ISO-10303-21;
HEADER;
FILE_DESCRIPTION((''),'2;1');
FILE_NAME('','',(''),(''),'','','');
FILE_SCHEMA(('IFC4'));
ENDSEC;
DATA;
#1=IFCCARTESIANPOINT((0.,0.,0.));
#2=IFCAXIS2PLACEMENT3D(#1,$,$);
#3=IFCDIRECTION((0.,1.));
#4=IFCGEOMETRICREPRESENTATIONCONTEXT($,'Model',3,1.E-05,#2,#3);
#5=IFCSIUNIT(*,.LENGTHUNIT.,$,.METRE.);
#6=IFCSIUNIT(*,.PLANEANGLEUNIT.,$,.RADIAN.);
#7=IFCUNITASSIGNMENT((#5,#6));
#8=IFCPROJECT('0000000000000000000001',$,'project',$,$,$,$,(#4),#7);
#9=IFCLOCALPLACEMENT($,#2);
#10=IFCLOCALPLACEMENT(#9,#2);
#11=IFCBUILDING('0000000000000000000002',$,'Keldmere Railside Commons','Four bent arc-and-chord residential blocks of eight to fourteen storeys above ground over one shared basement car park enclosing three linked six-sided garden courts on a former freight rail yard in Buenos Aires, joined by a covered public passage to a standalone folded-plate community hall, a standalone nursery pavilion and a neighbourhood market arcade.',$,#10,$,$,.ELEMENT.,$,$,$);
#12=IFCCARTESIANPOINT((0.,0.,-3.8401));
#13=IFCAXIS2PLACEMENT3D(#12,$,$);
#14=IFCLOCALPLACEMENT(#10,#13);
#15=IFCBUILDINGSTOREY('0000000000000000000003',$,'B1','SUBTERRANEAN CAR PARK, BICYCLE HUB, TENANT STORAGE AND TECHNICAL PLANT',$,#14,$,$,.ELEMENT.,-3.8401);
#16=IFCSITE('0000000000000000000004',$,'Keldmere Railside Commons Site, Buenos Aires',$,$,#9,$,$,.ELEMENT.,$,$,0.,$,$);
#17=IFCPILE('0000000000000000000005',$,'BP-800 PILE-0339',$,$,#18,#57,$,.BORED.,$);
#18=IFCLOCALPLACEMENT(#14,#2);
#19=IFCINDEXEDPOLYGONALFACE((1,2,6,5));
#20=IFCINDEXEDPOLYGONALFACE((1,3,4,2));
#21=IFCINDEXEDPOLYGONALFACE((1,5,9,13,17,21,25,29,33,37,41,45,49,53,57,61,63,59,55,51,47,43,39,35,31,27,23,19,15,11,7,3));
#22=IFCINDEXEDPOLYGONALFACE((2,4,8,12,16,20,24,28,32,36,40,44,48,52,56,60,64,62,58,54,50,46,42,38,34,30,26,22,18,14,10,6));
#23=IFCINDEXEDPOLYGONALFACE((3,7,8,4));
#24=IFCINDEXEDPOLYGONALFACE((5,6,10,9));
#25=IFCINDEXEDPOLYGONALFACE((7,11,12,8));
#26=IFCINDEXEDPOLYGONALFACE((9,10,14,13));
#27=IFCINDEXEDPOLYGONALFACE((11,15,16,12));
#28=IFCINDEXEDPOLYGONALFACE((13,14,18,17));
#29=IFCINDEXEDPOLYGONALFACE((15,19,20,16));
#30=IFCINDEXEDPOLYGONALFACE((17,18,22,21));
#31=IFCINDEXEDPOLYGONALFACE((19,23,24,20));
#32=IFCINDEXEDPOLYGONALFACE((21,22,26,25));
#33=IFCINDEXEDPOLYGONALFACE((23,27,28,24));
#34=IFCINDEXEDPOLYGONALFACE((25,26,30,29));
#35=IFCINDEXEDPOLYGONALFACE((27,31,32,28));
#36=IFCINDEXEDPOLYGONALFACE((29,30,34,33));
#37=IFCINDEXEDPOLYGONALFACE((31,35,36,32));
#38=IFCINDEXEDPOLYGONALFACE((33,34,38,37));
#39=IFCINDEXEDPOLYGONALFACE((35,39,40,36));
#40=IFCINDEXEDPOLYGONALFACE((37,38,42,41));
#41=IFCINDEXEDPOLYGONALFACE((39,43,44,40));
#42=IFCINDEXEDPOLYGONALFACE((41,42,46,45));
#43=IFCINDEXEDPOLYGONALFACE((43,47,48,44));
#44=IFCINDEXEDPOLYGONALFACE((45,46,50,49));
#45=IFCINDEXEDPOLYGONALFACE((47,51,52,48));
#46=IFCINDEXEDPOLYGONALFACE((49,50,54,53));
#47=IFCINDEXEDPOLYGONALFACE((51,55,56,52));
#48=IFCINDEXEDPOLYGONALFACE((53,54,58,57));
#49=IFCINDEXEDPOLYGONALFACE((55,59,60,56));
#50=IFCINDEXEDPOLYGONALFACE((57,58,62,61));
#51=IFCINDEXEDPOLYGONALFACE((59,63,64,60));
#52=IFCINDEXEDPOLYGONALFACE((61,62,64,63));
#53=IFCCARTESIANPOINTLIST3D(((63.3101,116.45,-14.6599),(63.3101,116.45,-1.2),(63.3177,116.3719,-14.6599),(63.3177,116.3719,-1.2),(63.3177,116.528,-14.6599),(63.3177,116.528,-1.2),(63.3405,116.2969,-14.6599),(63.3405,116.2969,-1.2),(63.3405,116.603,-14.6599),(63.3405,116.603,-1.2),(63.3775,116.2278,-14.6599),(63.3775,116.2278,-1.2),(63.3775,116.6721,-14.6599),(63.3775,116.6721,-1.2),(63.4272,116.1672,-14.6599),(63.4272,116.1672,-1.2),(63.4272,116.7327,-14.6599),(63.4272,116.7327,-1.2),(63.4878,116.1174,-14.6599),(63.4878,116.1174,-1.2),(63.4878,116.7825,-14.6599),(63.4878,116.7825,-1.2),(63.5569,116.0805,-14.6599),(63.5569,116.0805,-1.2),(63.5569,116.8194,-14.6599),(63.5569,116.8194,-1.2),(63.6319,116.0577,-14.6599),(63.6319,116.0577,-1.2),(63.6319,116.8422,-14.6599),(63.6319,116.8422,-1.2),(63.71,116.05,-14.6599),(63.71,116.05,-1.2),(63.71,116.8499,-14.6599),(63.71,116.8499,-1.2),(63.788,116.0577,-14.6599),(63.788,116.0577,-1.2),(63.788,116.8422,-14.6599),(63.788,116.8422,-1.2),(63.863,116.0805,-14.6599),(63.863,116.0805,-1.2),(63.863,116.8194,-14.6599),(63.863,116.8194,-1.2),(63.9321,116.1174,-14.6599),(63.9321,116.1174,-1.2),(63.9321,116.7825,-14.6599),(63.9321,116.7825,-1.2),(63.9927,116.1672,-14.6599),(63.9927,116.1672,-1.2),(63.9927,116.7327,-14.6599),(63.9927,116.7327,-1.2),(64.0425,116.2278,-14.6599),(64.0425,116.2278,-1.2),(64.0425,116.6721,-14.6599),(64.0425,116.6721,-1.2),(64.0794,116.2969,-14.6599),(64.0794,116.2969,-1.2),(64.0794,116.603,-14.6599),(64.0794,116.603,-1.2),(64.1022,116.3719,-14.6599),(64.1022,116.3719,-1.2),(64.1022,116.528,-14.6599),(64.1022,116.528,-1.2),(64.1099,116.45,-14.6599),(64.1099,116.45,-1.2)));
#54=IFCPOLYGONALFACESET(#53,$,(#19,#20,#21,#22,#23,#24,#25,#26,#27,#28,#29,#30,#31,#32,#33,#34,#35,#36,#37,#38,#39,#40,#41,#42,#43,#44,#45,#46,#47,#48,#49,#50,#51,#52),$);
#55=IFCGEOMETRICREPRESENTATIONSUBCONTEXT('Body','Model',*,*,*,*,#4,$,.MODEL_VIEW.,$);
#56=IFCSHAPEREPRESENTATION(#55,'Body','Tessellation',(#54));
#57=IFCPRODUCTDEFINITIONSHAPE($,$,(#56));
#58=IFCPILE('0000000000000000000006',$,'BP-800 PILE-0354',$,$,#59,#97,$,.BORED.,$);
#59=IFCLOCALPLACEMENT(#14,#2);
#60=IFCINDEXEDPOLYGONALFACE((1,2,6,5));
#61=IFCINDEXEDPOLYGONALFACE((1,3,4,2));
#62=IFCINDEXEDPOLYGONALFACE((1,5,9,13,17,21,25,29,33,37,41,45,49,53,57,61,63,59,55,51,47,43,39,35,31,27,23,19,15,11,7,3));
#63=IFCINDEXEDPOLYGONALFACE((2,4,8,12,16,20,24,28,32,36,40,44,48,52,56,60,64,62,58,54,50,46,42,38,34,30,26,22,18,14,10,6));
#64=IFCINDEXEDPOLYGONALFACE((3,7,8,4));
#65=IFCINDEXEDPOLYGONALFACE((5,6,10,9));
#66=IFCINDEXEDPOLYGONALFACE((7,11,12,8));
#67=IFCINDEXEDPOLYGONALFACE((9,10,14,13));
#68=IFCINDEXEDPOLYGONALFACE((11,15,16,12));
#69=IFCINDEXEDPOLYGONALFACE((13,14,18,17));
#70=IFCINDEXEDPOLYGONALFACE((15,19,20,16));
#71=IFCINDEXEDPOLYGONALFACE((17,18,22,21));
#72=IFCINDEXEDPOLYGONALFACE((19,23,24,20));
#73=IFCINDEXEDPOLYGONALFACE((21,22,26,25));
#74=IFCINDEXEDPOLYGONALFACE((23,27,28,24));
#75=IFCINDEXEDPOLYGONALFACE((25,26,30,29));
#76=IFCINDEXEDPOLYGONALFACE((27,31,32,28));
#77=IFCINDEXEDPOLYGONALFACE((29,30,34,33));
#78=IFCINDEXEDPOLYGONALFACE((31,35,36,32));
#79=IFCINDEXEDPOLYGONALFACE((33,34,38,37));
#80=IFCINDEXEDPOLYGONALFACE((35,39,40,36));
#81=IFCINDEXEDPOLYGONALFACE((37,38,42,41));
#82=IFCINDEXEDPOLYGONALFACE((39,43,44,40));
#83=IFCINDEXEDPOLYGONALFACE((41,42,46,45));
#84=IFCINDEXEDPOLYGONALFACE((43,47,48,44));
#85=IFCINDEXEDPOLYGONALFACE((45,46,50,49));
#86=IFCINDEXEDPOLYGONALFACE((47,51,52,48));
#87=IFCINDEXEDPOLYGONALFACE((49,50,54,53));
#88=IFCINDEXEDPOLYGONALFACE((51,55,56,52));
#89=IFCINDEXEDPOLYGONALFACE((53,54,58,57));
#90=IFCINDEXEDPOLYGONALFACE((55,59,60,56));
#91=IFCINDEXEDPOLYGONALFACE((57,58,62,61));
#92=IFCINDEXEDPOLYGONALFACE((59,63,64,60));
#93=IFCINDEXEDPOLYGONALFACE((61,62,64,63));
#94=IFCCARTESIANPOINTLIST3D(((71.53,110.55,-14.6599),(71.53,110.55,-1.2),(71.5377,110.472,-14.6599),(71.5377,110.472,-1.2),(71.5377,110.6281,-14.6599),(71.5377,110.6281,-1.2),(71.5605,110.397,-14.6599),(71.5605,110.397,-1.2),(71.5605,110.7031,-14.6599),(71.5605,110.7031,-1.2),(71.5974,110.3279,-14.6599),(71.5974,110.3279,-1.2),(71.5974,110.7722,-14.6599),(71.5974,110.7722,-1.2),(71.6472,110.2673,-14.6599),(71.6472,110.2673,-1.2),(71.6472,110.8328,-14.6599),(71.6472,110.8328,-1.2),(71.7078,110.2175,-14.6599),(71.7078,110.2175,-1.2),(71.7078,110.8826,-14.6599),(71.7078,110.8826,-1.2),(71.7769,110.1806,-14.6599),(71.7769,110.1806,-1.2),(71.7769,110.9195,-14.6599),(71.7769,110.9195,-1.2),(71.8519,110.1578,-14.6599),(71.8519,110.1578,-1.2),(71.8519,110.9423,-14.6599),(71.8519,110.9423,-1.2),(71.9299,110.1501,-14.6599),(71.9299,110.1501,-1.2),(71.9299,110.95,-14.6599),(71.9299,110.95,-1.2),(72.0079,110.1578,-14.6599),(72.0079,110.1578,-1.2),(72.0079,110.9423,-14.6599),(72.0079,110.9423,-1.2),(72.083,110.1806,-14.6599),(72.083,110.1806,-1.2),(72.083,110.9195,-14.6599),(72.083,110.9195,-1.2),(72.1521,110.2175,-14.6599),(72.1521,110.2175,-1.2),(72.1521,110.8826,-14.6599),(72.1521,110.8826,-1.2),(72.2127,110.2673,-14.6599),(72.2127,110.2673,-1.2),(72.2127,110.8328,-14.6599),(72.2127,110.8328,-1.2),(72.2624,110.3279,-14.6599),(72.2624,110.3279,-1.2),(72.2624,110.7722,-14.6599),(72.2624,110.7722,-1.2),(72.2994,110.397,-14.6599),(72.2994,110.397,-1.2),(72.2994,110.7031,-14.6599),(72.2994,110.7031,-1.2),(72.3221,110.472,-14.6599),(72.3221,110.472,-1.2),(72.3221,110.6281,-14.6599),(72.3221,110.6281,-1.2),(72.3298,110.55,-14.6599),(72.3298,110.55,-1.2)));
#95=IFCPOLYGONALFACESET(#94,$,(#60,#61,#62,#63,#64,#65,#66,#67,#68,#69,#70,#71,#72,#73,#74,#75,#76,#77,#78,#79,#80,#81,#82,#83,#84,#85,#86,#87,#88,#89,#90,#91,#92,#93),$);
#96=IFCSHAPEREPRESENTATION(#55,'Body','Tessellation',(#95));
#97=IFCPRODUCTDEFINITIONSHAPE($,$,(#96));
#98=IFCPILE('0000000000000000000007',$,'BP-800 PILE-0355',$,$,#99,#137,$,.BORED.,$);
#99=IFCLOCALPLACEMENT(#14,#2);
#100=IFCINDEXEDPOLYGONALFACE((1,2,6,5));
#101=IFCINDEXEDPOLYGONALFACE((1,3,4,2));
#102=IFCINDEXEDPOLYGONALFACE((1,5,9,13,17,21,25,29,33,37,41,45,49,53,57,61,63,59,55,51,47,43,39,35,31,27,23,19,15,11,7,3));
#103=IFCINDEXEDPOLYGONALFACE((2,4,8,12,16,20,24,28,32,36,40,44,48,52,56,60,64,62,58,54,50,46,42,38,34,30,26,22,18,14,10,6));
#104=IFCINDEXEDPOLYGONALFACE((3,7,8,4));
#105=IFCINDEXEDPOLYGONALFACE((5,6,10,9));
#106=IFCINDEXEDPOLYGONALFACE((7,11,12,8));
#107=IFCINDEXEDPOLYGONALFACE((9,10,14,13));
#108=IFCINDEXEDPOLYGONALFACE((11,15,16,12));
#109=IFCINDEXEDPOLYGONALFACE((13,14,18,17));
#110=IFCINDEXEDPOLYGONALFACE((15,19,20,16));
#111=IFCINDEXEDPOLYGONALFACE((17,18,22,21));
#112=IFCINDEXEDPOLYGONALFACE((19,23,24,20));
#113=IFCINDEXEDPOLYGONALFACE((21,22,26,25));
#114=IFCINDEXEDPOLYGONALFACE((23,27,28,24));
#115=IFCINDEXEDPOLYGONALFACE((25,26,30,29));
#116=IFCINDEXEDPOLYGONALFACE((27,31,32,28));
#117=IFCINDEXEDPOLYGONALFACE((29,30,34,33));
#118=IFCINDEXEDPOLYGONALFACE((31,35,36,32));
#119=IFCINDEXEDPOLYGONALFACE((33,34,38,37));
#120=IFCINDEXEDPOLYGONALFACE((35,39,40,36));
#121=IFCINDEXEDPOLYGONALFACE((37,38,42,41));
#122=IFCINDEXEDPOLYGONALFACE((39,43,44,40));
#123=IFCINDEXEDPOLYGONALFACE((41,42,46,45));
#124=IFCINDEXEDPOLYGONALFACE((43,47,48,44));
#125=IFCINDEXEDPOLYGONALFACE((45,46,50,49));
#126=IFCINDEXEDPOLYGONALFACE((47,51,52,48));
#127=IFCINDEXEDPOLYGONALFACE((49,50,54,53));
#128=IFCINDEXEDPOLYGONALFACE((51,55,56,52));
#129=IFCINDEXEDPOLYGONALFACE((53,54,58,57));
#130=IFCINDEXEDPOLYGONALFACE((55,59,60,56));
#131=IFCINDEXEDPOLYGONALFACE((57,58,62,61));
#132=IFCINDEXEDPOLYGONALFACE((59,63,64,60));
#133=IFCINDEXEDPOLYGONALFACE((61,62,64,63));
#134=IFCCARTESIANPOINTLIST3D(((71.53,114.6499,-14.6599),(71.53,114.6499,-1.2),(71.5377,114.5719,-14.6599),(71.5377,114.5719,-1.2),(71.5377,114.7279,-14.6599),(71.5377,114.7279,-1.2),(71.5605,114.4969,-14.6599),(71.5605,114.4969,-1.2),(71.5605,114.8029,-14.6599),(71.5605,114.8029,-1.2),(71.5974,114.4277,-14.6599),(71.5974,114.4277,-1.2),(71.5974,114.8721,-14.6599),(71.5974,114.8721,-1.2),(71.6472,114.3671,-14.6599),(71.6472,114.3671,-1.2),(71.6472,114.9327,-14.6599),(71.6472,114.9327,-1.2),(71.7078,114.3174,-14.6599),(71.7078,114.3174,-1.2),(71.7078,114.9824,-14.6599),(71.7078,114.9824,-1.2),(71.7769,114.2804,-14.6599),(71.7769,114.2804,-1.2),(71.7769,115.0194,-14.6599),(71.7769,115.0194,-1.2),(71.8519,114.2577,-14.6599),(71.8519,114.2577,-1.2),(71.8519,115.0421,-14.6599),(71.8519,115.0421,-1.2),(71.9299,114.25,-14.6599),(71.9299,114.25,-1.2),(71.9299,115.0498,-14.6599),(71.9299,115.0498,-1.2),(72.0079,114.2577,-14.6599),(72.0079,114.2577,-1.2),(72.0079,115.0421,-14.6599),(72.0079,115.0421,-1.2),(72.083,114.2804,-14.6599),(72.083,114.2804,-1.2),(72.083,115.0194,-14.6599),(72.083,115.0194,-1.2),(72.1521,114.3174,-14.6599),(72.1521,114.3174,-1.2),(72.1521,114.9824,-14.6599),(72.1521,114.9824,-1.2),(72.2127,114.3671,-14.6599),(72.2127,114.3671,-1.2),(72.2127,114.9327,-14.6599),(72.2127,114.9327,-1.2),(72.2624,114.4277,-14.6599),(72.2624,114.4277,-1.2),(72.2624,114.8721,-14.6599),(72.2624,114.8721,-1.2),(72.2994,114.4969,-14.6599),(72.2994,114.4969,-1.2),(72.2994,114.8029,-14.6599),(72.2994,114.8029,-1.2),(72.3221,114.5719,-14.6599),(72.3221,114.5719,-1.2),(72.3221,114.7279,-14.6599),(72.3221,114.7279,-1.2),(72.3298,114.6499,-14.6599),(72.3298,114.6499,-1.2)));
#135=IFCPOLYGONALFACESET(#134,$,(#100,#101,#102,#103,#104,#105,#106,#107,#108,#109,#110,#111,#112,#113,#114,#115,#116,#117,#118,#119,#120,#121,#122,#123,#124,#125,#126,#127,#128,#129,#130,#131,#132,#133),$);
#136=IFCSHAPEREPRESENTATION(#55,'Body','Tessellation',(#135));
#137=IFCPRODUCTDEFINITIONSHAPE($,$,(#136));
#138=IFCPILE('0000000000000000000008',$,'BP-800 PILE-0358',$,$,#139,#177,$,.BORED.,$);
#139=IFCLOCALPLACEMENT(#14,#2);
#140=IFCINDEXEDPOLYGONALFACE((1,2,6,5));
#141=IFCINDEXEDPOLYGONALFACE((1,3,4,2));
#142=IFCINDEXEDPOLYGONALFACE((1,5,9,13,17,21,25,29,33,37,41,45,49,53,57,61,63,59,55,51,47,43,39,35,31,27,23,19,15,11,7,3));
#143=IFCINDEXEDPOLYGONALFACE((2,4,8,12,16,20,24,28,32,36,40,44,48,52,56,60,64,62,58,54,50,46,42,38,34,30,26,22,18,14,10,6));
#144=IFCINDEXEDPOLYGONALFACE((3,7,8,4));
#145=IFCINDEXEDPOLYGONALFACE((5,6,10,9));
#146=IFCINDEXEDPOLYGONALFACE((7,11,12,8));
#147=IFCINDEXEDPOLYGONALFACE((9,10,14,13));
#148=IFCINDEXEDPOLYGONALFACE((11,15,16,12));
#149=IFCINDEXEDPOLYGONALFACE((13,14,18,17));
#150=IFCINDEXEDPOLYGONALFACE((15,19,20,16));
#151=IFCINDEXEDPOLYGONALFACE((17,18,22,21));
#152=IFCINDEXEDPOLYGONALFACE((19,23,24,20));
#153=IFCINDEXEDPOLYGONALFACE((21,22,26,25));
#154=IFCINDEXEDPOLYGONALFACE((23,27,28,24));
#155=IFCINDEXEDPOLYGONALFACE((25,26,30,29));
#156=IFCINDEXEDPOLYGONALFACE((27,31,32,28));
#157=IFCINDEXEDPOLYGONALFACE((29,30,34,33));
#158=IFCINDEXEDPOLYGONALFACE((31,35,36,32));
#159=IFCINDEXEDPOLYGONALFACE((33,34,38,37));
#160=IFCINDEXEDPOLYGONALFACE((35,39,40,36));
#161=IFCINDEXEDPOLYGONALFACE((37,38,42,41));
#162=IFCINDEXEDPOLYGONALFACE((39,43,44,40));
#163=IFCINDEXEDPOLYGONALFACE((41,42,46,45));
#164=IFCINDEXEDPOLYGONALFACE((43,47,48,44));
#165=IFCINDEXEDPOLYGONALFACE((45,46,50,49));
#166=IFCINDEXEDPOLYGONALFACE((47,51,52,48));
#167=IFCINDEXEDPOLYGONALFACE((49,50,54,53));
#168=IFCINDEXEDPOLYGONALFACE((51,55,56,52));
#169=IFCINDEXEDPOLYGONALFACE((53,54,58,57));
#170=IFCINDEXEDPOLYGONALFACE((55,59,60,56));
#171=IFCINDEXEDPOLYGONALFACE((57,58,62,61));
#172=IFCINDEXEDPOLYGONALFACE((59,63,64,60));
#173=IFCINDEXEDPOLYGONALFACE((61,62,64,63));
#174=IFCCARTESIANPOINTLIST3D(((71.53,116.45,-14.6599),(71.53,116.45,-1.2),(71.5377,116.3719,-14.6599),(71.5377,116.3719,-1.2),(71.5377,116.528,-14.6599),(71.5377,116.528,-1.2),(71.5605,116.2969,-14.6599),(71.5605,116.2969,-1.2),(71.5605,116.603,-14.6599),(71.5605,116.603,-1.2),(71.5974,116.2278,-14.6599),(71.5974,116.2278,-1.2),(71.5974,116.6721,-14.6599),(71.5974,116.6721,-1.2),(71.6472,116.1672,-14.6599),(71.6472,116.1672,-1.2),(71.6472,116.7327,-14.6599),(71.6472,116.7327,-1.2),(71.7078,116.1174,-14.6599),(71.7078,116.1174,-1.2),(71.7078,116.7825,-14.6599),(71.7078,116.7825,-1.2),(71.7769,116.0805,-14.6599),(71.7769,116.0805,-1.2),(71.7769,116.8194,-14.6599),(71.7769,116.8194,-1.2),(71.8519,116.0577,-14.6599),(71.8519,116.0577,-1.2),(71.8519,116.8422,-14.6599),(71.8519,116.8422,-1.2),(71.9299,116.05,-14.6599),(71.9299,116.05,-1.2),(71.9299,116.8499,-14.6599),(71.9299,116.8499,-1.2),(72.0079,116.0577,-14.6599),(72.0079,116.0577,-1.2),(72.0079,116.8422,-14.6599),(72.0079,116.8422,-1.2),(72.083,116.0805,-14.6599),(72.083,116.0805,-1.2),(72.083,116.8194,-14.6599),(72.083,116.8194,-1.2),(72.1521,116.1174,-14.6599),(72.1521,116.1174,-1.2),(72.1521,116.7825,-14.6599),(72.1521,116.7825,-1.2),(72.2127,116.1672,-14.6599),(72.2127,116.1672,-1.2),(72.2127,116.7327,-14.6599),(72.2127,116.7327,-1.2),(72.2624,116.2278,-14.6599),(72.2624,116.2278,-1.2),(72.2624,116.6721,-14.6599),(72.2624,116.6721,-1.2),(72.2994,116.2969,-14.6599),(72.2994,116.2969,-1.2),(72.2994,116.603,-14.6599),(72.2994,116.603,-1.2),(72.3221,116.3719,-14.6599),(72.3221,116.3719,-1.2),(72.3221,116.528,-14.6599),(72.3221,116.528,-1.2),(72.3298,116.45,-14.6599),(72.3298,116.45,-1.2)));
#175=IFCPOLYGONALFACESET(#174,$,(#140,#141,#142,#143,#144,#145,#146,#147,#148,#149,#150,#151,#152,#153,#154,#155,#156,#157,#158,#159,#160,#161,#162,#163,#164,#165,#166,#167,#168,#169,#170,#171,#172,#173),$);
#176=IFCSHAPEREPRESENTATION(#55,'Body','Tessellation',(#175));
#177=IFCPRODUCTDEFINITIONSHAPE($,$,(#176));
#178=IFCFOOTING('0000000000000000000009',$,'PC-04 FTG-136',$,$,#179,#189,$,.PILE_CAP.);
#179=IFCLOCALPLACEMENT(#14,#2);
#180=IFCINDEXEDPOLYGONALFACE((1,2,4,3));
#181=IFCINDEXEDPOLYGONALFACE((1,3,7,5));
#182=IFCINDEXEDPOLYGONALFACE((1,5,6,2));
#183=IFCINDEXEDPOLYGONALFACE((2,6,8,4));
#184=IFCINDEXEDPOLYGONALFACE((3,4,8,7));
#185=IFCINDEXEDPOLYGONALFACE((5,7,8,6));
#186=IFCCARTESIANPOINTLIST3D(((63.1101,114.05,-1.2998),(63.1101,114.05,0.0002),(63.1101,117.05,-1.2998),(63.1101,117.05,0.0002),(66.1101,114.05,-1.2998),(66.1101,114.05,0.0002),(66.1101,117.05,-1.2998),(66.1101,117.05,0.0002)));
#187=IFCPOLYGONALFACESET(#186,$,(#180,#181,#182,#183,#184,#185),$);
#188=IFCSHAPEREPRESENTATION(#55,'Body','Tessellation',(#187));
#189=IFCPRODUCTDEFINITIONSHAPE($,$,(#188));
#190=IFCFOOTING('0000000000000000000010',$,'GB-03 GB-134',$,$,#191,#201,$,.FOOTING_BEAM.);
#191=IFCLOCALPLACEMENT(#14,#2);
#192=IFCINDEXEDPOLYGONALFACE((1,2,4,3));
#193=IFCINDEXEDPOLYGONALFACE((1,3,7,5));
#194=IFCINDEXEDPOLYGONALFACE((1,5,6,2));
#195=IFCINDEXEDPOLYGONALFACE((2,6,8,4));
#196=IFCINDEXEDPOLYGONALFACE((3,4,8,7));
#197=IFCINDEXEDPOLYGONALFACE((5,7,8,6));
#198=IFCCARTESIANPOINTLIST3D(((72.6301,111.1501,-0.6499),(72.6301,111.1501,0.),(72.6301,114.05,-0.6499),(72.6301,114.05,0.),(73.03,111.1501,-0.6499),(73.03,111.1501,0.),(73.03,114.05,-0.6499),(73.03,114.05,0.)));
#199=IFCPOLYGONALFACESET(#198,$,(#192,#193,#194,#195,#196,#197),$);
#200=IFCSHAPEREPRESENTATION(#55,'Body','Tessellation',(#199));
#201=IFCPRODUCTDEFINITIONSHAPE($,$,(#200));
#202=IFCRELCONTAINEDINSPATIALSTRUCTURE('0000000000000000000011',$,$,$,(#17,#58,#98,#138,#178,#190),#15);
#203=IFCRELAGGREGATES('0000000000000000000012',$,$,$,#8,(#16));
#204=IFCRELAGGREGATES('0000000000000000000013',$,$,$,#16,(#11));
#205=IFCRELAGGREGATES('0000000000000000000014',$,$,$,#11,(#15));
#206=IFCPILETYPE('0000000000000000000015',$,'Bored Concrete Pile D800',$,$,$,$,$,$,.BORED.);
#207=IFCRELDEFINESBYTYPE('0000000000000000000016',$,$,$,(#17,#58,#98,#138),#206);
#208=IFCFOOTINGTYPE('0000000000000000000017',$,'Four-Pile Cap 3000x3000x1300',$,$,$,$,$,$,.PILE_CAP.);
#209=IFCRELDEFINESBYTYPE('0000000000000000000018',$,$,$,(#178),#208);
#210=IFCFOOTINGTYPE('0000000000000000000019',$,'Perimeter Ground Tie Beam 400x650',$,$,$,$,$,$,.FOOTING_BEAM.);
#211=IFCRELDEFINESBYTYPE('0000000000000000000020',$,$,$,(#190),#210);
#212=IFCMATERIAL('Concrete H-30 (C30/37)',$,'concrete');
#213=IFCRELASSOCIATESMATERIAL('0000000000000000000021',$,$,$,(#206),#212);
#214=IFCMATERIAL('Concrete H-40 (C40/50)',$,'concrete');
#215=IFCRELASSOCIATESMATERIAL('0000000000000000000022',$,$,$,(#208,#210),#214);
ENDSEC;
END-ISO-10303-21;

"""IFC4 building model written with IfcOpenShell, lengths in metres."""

from ifc_helpers import new_model, si_unit, direction, frame, origin, origin_2d, place, context, subcontext, project, spatial, rectangle, circle, extrude, material, material_profile, profile_set, type_object, element, save


model = new_model("IFC4")

# Units and contexts
model_context = context("Model", 3, precision=1e-05, world=origin(), true_north=direction((0.0, 1.0)))
body_context = subcontext(model_context, "Body", "Model", "MODEL_VIEW")
ifc_project = project(units=[si_unit("LENGTHUNIT", "METRE"), si_unit("PLANEANGLEUNIT", "RADIAN")], contexts=[model_context])

# Site, building, storey
site_placement = place(None, origin())
site = spatial("IfcSite", under=ifc_project, at=site_placement, Name="Keldmere Railside Commons Site, Buenos Aires", CompositionType="ELEMENT", RefElevation=0.0)
building_placement = place(site_placement, origin())
building = spatial("IfcBuilding", under=site, at=building_placement, Name="Keldmere Railside Commons", Description="Four bent arc-and-chord residential blocks of eight to fourteen storeys above ground over one shared basement car park enclosing three linked six-sided garden courts on a former freight rail yard in Buenos Aires, joined by a covered public passage to a standalone folded-plate community hall, a standalone nursery pavilion and a neighbourhood market arcade.", CompositionType="ELEMENT")
storey_placement = place(building_placement, frame((0.0, 0.0, -3.8401)))
storey = spatial("IfcBuildingStorey", under=building, at=storey_placement, Name="B1", Description="SUBTERRANEAN CAR PARK, BICYCLE HUB, TENANT STORAGE AND TECHNICAL PLANT", CompositionType="ELEMENT", Elevation=-3.8401)

# Piles
ifc_material_1 = material(Name="Concrete H-30 (C30/37)", Category="concrete")
ifc_material_profile_1 = material_profile(ifc_material_1, circle(Radius=0.3999, at=origin_2d()), Name="PILE-D800")
ifc_profile_set_1 = profile_set([ifc_material_profile_1], Name="Concrete H-30 (C30/37)")
pile_type = type_object("IfcPileType", Name="Bored Concrete Pile D800", PredefinedType="BORED", material=ifc_profile_set_1)
for number, where, z_axis, x_axis, name in (
    (1, (63.71, 116.45, -1.2), (0.0, 0.0, -1.0), (1.0, 0.0, 0.0), "BP-800 PILE-0339"),
    (2, (71.9299, 110.55, -1.2), (0.0, 0.0, -1.0), (1.0, 0.0, 0.0), "BP-800 PILE-0354"),
    (3, (71.9299, 114.6499, -1.2), (0.0, 0.0, -1.0), (1.0, 0.0, 0.0), "BP-800 PILE-0355"),
    (4, (71.9299, 116.45, -1.2), (0.0, 0.0, -1.0), (1.0, 0.0, 0.0), "BP-800 PILE-0358"),
):
    element("IfcPile", number, at=place(storey_placement, frame(where, z_axis=z_axis, x_axis=x_axis)), inside=storey, type_object=pile_type, Name=name, PredefinedType="BORED", context=body_context, shape_type="SweptSolid", body=[
        extrude(circle(Radius=0.3999, at=origin_2d()), origin(), (0.0, 0.0, 1.0), 13.46),
    ])

# Footings
ifc_material_2 = material(Name="Concrete H-40 (C40/50)", Category="concrete")
footing_type_1 = type_object("IfcFootingType", Name="Four-Pile Cap 3000x3000x1300", PredefinedType="PILE_CAP", material=ifc_material_2)
footing_1_placement = place(storey_placement, frame((64.6101, 115.55, -1.2998), z_axis=(0.0, 0.0, 1.0), x_axis=(1.0, 0.0, 0.0)))
element("IfcFooting", 5, at=footing_1_placement, inside=storey, type_object=footing_type_1, Name="PC-04 FTG-136", PredefinedType="PILE_CAP", context=body_context, shape_type="SweptSolid", body=[
    extrude(rectangle(XDim=3.0, YDim=3.0, at=origin_2d()), origin(), (0.0, 0.0, 1.0), 1.3),
])
footing_type_2 = type_object("IfcFootingType", Name="Perimeter Ground Tie Beam 400x650", PredefinedType="FOOTING_BEAM", material=ifc_material_2)
footing_2_placement = place(storey_placement, frame((72.8301, 112.6001, -0.6499), z_axis=(0.0, 0.0, 1.0), x_axis=(0.0, 1.0, 0.0)))
element("IfcFooting", 6, at=footing_2_placement, inside=storey, type_object=footing_type_2, Name="GB-03 GB-134", PredefinedType="FOOTING_BEAM", context=body_context, shape_type="SweptSolid", body=[
    extrude(rectangle(XDim=2.8999, YDim=0.3999, at=origin_2d()), origin(), (0.0, 0.0, 1.0), 0.6499),
])

save(model, "model.ifc")
